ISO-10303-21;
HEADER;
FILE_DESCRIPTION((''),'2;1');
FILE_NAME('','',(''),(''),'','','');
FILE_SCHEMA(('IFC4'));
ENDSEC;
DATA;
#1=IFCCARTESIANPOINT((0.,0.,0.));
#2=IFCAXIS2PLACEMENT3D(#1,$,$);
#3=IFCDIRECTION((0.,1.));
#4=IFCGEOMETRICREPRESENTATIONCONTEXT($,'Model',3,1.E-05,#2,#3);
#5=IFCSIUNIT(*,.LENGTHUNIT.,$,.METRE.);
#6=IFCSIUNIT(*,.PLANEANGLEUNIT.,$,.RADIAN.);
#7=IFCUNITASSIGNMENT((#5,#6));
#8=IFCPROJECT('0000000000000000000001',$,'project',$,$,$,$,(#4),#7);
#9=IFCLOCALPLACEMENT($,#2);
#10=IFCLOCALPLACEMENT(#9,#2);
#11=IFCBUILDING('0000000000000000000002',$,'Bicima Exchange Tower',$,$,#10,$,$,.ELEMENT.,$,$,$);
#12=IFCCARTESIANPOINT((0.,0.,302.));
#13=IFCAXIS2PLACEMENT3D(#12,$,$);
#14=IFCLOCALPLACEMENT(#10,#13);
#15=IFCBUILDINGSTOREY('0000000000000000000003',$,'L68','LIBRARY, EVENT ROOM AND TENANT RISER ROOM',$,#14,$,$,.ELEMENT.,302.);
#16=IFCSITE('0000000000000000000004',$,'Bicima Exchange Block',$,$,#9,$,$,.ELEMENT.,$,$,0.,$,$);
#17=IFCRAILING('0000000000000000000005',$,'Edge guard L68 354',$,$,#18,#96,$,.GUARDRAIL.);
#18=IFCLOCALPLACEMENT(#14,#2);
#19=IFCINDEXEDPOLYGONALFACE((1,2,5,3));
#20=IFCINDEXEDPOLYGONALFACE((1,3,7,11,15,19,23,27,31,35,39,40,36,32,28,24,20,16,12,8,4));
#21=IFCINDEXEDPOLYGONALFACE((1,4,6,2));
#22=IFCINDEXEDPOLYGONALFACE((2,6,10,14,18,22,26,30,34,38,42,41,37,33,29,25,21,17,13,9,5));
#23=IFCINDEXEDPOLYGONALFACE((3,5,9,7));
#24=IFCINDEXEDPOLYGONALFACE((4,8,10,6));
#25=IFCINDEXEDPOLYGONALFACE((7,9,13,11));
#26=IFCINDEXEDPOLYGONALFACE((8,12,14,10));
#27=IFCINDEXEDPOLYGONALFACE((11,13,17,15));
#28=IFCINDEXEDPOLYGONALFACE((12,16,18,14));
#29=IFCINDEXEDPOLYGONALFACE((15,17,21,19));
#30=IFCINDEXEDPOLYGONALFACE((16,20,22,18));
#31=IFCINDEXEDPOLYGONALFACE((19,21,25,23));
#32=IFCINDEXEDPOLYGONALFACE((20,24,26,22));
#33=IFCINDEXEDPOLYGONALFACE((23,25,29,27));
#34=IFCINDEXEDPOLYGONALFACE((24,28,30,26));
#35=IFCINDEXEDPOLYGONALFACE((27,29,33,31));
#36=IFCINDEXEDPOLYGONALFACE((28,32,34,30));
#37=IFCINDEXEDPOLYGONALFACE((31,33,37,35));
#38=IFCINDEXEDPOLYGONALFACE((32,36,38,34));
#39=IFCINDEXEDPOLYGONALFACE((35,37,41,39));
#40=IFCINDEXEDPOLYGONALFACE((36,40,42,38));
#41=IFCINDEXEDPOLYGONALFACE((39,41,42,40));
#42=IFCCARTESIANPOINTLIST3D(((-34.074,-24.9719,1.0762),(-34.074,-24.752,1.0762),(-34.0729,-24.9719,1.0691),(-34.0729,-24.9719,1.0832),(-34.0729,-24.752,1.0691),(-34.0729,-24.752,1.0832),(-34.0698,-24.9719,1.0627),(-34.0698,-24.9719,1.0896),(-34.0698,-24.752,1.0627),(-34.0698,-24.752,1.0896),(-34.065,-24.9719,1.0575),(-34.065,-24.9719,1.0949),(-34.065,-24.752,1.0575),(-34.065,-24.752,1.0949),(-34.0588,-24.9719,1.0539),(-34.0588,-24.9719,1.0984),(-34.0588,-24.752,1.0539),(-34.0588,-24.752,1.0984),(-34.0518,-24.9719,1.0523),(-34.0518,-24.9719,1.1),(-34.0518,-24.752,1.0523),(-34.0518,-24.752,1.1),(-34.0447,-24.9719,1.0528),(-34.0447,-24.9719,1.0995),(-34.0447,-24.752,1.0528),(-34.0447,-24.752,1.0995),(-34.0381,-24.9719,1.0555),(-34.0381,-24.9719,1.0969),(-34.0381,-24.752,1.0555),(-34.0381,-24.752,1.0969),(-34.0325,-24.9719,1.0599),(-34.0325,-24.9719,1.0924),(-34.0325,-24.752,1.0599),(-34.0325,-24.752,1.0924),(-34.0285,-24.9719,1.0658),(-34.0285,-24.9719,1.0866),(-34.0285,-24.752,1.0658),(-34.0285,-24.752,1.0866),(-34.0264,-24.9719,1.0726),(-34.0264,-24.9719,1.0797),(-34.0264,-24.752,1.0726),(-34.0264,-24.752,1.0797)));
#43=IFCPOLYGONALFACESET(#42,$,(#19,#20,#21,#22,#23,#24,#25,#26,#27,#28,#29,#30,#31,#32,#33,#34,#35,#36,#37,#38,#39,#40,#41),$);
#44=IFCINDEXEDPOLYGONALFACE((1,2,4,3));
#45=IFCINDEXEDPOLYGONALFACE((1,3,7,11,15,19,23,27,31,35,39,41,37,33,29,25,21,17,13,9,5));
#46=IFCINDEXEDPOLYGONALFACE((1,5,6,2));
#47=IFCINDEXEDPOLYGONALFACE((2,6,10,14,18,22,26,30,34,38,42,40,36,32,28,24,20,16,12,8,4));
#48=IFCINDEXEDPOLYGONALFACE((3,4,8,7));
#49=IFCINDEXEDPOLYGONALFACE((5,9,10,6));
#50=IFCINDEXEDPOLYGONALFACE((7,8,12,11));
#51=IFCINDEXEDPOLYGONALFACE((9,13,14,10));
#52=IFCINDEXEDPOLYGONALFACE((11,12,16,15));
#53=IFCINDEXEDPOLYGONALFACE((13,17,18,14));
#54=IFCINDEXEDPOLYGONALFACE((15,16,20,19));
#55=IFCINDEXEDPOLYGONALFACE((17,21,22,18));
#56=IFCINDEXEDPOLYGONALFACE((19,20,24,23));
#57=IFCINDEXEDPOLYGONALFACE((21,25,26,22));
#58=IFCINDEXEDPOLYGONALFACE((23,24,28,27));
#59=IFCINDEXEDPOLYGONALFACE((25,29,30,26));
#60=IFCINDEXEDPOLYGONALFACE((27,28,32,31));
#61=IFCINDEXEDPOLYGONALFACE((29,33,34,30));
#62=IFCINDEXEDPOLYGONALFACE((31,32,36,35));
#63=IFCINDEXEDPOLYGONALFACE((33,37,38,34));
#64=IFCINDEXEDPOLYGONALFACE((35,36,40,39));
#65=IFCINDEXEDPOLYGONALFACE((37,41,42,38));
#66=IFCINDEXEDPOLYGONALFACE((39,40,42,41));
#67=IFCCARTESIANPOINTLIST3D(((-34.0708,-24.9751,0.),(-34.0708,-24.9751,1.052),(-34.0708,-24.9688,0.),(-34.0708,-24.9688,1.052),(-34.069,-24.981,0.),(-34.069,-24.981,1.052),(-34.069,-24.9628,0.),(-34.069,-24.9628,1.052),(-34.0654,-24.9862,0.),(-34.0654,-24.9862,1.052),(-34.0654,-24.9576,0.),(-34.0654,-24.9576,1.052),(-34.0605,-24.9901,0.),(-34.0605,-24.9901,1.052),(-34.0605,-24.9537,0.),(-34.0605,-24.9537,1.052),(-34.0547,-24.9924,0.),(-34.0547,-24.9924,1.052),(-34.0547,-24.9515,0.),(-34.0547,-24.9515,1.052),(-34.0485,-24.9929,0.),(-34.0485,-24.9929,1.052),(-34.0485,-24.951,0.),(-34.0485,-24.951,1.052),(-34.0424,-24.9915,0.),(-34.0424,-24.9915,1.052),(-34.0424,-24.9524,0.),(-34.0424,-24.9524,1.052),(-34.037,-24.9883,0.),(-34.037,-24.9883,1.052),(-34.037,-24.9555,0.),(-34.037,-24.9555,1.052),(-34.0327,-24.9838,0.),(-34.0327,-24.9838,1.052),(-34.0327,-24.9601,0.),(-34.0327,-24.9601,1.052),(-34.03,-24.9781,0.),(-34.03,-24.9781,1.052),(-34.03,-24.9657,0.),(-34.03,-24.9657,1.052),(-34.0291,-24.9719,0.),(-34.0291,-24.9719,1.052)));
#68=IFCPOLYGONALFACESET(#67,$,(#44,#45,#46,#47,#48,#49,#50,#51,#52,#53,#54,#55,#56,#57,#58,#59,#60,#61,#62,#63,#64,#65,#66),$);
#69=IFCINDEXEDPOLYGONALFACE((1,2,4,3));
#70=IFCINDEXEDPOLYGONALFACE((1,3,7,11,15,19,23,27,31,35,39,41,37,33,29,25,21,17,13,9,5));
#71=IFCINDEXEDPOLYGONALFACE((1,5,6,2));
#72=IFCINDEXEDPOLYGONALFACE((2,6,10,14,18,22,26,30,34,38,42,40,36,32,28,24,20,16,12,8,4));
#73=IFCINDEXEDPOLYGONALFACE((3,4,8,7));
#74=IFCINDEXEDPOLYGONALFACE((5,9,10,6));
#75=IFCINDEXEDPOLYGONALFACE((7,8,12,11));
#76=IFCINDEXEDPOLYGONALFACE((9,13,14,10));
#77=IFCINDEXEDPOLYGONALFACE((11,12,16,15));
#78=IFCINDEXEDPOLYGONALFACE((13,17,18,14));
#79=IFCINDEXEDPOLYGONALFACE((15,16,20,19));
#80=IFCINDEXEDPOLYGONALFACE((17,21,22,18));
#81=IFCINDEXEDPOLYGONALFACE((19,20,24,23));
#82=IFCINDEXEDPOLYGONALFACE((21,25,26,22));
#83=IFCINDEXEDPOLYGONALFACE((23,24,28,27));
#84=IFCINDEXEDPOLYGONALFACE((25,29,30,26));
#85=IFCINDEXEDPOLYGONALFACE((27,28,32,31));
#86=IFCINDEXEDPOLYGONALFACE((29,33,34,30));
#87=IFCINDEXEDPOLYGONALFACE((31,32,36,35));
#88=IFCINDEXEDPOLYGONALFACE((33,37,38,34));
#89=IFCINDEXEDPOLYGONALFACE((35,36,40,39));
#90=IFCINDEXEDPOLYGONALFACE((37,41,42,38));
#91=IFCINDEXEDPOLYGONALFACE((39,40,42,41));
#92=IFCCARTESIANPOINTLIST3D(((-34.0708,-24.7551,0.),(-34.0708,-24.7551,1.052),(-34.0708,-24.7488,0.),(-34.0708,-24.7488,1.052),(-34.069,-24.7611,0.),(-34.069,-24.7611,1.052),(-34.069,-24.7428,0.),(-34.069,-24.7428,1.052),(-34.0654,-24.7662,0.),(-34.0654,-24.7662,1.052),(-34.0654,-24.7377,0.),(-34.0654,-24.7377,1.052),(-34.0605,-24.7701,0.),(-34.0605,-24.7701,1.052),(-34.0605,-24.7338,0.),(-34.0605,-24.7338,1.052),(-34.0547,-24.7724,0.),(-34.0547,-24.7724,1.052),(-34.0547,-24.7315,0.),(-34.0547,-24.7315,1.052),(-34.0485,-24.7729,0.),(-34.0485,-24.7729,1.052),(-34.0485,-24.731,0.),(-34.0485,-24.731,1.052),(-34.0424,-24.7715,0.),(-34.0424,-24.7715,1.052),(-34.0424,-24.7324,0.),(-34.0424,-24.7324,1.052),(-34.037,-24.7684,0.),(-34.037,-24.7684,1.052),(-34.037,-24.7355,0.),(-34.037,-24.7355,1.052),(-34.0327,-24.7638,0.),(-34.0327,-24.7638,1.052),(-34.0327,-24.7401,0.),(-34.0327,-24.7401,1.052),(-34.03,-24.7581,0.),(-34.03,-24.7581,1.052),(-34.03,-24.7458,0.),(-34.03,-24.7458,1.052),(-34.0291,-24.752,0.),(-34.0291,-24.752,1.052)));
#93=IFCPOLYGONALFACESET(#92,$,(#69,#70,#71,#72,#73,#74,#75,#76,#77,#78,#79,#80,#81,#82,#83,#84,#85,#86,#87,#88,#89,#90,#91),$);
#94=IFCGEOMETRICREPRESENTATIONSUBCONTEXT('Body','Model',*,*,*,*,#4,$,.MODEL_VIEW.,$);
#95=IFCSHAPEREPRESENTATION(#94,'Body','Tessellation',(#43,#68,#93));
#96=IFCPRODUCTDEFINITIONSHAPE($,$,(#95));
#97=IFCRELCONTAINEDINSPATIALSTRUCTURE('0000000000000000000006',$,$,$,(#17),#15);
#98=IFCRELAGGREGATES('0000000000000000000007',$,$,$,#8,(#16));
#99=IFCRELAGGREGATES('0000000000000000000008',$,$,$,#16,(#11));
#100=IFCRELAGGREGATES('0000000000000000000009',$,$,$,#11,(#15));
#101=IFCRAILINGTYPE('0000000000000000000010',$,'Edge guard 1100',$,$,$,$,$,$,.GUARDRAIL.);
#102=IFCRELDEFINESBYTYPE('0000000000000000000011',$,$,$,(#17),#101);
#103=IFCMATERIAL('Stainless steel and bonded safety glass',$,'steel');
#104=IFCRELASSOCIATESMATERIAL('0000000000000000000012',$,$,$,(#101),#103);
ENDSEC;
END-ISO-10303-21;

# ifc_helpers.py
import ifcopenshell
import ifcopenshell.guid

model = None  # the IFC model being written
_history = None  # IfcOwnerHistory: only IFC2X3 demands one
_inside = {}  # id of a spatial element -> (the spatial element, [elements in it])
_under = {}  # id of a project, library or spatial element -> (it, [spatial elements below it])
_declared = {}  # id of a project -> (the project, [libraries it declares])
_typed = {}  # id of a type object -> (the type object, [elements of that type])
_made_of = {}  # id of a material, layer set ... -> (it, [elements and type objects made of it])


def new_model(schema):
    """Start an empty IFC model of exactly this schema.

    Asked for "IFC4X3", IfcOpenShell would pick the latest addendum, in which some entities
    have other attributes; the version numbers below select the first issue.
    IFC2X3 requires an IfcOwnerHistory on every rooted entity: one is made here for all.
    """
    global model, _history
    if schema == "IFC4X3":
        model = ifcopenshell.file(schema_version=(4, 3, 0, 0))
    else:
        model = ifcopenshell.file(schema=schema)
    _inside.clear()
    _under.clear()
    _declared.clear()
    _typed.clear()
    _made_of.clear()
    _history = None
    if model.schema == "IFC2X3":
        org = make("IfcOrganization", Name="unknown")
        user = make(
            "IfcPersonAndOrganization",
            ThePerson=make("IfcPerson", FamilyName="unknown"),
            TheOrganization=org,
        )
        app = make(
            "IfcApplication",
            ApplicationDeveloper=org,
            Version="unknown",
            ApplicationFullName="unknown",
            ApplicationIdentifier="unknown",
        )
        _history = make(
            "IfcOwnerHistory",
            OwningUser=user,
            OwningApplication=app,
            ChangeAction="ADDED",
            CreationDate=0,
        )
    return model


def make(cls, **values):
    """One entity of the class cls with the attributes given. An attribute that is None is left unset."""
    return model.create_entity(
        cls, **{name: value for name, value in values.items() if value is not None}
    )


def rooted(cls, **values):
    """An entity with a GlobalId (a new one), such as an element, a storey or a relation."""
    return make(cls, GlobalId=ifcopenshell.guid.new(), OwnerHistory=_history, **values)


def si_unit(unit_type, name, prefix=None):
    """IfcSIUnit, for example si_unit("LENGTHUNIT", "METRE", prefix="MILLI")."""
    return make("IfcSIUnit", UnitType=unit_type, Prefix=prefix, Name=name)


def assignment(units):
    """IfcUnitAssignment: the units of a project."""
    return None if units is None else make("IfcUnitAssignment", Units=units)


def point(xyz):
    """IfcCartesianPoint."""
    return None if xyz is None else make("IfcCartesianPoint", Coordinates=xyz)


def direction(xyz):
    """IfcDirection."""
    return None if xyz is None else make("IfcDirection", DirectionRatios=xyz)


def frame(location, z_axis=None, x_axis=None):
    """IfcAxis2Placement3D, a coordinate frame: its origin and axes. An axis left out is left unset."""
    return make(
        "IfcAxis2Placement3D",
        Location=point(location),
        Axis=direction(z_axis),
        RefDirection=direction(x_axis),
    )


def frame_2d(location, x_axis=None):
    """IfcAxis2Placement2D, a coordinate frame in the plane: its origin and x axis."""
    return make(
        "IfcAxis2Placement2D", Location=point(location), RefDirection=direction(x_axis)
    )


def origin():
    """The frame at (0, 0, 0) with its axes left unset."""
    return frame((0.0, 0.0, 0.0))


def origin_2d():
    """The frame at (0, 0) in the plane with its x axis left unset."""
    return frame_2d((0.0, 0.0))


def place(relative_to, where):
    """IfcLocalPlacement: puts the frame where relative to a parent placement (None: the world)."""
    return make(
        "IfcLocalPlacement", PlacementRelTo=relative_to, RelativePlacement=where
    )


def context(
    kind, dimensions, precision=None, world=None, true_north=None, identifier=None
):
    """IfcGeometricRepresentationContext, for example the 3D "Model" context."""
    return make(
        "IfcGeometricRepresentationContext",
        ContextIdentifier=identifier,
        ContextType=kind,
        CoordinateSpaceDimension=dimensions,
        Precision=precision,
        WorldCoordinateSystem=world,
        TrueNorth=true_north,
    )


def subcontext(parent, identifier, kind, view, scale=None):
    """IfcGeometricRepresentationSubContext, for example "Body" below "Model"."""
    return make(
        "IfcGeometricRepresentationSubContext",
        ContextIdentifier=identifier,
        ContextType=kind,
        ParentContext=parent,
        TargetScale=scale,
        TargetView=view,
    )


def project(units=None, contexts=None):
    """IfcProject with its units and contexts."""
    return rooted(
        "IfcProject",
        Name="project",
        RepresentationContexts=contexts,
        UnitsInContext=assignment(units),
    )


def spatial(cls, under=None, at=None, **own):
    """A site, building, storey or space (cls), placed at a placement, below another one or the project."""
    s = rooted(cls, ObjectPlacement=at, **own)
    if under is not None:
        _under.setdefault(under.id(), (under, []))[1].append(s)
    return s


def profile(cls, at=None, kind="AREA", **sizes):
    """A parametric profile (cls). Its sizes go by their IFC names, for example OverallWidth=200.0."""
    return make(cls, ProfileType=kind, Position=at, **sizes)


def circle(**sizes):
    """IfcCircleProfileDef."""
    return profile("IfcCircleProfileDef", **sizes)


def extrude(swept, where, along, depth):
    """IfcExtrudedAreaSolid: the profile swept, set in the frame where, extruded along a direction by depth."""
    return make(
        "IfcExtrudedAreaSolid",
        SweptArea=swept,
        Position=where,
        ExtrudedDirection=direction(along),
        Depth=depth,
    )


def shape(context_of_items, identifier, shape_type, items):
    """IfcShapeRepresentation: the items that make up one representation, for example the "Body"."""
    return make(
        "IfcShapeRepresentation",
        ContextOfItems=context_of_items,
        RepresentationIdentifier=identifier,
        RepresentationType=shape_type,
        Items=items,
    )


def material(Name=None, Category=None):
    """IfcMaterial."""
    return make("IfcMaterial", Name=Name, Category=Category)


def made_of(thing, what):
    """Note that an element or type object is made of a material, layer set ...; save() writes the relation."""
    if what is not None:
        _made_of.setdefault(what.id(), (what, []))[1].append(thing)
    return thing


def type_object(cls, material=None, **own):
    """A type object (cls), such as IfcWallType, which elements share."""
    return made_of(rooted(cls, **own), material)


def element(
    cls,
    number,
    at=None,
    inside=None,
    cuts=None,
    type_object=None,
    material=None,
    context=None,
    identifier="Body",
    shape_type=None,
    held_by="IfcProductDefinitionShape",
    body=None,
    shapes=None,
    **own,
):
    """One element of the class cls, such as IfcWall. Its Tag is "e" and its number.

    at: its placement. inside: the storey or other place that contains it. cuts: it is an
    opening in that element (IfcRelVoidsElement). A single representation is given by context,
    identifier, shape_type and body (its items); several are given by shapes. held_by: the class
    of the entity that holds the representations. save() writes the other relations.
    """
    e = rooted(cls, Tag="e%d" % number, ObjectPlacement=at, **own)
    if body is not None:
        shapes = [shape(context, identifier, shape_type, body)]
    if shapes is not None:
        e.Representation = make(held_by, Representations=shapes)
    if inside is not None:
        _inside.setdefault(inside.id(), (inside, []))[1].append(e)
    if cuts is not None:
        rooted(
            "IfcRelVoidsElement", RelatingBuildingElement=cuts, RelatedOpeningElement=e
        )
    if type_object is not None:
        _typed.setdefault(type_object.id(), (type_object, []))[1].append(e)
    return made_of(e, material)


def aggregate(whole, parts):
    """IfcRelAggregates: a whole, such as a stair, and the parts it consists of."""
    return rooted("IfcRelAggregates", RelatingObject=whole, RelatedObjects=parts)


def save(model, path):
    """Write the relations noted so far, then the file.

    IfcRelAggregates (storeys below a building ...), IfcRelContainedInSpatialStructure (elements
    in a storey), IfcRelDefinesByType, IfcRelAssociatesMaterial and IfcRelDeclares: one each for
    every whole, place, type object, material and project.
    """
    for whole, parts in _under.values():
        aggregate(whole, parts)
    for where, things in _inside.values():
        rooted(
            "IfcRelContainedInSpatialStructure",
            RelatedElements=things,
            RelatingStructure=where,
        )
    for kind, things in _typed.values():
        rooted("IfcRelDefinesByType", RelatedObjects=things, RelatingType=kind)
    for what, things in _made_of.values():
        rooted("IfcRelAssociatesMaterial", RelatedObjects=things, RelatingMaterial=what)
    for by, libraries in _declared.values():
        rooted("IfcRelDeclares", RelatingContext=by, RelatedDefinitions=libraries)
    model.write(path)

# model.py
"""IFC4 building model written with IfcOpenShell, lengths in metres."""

from ifc_helpers import new_model, si_unit, direction, frame, origin, origin_2d, place, context, subcontext, project, spatial, circle, extrude, material, type_object, element, save


model = new_model("IFC4")

# Units and contexts
model_context = context("Model", 3, precision=1e-05, world=origin(), true_north=direction((0.0, 1.0)))
body_context = subcontext(model_context, "Body", "Model", "MODEL_VIEW")
ifc_project = project(units=[si_unit("LENGTHUNIT", "METRE"), si_unit("PLANEANGLEUNIT", "RADIAN")], contexts=[model_context])

# Site, building, storey
site_placement = place(None, origin())
site = spatial("IfcSite", under=ifc_project, at=site_placement, Name="Bicima Exchange Block", CompositionType="ELEMENT", RefElevation=0.0)
building_placement = place(site_placement, origin())
building = spatial("IfcBuilding", under=site, at=building_placement, Name="Bicima Exchange Tower", CompositionType="ELEMENT")
storey_placement = place(building_placement, frame((0.0, 0.0, 302.0)))
storey = spatial("IfcBuildingStorey", under=building, at=storey_placement, Name="L68", Description="LIBRARY, EVENT ROOM AND TENANT RISER ROOM", CompositionType="ELEMENT", Elevation=302.0)

# Railing
ifc_material_1 = material(Name="Stainless steel and bonded safety glass", Category="steel")
railing_type = type_object("IfcRailingType", Name="Edge guard 1100", PredefinedType="GUARDRAIL", material=ifc_material_1)
railing_1_placement = place(storey_placement, frame((-34.05, -24.9719, 0.0)))
element("IfcRailing", 1, at=railing_1_placement, inside=storey, type_object=railing_type, Name="Edge guard L68 354", PredefinedType="GUARDRAIL", context=body_context, shape_type="SweptSolid", body=[
    extrude(circle(Radius=0.0239, at=origin_2d()), frame((0.0, 0.0, 1.0762), z_axis=(0.0, 1.0, 0.0), x_axis=(-1.0, 0.0, 0.0)), (0.0, 0.0, 1.0), 0.22),
    extrude(circle(Radius=0.021, at=origin_2d()), origin(), (0.0, 0.0, 1.0), 1.052),
    extrude(circle(Radius=0.021, at=origin_2d()), frame((0.0, 0.22, 0.0)), (0.0, 0.0, 1.0), 1.052),
])

save(model, "model.ifc")
